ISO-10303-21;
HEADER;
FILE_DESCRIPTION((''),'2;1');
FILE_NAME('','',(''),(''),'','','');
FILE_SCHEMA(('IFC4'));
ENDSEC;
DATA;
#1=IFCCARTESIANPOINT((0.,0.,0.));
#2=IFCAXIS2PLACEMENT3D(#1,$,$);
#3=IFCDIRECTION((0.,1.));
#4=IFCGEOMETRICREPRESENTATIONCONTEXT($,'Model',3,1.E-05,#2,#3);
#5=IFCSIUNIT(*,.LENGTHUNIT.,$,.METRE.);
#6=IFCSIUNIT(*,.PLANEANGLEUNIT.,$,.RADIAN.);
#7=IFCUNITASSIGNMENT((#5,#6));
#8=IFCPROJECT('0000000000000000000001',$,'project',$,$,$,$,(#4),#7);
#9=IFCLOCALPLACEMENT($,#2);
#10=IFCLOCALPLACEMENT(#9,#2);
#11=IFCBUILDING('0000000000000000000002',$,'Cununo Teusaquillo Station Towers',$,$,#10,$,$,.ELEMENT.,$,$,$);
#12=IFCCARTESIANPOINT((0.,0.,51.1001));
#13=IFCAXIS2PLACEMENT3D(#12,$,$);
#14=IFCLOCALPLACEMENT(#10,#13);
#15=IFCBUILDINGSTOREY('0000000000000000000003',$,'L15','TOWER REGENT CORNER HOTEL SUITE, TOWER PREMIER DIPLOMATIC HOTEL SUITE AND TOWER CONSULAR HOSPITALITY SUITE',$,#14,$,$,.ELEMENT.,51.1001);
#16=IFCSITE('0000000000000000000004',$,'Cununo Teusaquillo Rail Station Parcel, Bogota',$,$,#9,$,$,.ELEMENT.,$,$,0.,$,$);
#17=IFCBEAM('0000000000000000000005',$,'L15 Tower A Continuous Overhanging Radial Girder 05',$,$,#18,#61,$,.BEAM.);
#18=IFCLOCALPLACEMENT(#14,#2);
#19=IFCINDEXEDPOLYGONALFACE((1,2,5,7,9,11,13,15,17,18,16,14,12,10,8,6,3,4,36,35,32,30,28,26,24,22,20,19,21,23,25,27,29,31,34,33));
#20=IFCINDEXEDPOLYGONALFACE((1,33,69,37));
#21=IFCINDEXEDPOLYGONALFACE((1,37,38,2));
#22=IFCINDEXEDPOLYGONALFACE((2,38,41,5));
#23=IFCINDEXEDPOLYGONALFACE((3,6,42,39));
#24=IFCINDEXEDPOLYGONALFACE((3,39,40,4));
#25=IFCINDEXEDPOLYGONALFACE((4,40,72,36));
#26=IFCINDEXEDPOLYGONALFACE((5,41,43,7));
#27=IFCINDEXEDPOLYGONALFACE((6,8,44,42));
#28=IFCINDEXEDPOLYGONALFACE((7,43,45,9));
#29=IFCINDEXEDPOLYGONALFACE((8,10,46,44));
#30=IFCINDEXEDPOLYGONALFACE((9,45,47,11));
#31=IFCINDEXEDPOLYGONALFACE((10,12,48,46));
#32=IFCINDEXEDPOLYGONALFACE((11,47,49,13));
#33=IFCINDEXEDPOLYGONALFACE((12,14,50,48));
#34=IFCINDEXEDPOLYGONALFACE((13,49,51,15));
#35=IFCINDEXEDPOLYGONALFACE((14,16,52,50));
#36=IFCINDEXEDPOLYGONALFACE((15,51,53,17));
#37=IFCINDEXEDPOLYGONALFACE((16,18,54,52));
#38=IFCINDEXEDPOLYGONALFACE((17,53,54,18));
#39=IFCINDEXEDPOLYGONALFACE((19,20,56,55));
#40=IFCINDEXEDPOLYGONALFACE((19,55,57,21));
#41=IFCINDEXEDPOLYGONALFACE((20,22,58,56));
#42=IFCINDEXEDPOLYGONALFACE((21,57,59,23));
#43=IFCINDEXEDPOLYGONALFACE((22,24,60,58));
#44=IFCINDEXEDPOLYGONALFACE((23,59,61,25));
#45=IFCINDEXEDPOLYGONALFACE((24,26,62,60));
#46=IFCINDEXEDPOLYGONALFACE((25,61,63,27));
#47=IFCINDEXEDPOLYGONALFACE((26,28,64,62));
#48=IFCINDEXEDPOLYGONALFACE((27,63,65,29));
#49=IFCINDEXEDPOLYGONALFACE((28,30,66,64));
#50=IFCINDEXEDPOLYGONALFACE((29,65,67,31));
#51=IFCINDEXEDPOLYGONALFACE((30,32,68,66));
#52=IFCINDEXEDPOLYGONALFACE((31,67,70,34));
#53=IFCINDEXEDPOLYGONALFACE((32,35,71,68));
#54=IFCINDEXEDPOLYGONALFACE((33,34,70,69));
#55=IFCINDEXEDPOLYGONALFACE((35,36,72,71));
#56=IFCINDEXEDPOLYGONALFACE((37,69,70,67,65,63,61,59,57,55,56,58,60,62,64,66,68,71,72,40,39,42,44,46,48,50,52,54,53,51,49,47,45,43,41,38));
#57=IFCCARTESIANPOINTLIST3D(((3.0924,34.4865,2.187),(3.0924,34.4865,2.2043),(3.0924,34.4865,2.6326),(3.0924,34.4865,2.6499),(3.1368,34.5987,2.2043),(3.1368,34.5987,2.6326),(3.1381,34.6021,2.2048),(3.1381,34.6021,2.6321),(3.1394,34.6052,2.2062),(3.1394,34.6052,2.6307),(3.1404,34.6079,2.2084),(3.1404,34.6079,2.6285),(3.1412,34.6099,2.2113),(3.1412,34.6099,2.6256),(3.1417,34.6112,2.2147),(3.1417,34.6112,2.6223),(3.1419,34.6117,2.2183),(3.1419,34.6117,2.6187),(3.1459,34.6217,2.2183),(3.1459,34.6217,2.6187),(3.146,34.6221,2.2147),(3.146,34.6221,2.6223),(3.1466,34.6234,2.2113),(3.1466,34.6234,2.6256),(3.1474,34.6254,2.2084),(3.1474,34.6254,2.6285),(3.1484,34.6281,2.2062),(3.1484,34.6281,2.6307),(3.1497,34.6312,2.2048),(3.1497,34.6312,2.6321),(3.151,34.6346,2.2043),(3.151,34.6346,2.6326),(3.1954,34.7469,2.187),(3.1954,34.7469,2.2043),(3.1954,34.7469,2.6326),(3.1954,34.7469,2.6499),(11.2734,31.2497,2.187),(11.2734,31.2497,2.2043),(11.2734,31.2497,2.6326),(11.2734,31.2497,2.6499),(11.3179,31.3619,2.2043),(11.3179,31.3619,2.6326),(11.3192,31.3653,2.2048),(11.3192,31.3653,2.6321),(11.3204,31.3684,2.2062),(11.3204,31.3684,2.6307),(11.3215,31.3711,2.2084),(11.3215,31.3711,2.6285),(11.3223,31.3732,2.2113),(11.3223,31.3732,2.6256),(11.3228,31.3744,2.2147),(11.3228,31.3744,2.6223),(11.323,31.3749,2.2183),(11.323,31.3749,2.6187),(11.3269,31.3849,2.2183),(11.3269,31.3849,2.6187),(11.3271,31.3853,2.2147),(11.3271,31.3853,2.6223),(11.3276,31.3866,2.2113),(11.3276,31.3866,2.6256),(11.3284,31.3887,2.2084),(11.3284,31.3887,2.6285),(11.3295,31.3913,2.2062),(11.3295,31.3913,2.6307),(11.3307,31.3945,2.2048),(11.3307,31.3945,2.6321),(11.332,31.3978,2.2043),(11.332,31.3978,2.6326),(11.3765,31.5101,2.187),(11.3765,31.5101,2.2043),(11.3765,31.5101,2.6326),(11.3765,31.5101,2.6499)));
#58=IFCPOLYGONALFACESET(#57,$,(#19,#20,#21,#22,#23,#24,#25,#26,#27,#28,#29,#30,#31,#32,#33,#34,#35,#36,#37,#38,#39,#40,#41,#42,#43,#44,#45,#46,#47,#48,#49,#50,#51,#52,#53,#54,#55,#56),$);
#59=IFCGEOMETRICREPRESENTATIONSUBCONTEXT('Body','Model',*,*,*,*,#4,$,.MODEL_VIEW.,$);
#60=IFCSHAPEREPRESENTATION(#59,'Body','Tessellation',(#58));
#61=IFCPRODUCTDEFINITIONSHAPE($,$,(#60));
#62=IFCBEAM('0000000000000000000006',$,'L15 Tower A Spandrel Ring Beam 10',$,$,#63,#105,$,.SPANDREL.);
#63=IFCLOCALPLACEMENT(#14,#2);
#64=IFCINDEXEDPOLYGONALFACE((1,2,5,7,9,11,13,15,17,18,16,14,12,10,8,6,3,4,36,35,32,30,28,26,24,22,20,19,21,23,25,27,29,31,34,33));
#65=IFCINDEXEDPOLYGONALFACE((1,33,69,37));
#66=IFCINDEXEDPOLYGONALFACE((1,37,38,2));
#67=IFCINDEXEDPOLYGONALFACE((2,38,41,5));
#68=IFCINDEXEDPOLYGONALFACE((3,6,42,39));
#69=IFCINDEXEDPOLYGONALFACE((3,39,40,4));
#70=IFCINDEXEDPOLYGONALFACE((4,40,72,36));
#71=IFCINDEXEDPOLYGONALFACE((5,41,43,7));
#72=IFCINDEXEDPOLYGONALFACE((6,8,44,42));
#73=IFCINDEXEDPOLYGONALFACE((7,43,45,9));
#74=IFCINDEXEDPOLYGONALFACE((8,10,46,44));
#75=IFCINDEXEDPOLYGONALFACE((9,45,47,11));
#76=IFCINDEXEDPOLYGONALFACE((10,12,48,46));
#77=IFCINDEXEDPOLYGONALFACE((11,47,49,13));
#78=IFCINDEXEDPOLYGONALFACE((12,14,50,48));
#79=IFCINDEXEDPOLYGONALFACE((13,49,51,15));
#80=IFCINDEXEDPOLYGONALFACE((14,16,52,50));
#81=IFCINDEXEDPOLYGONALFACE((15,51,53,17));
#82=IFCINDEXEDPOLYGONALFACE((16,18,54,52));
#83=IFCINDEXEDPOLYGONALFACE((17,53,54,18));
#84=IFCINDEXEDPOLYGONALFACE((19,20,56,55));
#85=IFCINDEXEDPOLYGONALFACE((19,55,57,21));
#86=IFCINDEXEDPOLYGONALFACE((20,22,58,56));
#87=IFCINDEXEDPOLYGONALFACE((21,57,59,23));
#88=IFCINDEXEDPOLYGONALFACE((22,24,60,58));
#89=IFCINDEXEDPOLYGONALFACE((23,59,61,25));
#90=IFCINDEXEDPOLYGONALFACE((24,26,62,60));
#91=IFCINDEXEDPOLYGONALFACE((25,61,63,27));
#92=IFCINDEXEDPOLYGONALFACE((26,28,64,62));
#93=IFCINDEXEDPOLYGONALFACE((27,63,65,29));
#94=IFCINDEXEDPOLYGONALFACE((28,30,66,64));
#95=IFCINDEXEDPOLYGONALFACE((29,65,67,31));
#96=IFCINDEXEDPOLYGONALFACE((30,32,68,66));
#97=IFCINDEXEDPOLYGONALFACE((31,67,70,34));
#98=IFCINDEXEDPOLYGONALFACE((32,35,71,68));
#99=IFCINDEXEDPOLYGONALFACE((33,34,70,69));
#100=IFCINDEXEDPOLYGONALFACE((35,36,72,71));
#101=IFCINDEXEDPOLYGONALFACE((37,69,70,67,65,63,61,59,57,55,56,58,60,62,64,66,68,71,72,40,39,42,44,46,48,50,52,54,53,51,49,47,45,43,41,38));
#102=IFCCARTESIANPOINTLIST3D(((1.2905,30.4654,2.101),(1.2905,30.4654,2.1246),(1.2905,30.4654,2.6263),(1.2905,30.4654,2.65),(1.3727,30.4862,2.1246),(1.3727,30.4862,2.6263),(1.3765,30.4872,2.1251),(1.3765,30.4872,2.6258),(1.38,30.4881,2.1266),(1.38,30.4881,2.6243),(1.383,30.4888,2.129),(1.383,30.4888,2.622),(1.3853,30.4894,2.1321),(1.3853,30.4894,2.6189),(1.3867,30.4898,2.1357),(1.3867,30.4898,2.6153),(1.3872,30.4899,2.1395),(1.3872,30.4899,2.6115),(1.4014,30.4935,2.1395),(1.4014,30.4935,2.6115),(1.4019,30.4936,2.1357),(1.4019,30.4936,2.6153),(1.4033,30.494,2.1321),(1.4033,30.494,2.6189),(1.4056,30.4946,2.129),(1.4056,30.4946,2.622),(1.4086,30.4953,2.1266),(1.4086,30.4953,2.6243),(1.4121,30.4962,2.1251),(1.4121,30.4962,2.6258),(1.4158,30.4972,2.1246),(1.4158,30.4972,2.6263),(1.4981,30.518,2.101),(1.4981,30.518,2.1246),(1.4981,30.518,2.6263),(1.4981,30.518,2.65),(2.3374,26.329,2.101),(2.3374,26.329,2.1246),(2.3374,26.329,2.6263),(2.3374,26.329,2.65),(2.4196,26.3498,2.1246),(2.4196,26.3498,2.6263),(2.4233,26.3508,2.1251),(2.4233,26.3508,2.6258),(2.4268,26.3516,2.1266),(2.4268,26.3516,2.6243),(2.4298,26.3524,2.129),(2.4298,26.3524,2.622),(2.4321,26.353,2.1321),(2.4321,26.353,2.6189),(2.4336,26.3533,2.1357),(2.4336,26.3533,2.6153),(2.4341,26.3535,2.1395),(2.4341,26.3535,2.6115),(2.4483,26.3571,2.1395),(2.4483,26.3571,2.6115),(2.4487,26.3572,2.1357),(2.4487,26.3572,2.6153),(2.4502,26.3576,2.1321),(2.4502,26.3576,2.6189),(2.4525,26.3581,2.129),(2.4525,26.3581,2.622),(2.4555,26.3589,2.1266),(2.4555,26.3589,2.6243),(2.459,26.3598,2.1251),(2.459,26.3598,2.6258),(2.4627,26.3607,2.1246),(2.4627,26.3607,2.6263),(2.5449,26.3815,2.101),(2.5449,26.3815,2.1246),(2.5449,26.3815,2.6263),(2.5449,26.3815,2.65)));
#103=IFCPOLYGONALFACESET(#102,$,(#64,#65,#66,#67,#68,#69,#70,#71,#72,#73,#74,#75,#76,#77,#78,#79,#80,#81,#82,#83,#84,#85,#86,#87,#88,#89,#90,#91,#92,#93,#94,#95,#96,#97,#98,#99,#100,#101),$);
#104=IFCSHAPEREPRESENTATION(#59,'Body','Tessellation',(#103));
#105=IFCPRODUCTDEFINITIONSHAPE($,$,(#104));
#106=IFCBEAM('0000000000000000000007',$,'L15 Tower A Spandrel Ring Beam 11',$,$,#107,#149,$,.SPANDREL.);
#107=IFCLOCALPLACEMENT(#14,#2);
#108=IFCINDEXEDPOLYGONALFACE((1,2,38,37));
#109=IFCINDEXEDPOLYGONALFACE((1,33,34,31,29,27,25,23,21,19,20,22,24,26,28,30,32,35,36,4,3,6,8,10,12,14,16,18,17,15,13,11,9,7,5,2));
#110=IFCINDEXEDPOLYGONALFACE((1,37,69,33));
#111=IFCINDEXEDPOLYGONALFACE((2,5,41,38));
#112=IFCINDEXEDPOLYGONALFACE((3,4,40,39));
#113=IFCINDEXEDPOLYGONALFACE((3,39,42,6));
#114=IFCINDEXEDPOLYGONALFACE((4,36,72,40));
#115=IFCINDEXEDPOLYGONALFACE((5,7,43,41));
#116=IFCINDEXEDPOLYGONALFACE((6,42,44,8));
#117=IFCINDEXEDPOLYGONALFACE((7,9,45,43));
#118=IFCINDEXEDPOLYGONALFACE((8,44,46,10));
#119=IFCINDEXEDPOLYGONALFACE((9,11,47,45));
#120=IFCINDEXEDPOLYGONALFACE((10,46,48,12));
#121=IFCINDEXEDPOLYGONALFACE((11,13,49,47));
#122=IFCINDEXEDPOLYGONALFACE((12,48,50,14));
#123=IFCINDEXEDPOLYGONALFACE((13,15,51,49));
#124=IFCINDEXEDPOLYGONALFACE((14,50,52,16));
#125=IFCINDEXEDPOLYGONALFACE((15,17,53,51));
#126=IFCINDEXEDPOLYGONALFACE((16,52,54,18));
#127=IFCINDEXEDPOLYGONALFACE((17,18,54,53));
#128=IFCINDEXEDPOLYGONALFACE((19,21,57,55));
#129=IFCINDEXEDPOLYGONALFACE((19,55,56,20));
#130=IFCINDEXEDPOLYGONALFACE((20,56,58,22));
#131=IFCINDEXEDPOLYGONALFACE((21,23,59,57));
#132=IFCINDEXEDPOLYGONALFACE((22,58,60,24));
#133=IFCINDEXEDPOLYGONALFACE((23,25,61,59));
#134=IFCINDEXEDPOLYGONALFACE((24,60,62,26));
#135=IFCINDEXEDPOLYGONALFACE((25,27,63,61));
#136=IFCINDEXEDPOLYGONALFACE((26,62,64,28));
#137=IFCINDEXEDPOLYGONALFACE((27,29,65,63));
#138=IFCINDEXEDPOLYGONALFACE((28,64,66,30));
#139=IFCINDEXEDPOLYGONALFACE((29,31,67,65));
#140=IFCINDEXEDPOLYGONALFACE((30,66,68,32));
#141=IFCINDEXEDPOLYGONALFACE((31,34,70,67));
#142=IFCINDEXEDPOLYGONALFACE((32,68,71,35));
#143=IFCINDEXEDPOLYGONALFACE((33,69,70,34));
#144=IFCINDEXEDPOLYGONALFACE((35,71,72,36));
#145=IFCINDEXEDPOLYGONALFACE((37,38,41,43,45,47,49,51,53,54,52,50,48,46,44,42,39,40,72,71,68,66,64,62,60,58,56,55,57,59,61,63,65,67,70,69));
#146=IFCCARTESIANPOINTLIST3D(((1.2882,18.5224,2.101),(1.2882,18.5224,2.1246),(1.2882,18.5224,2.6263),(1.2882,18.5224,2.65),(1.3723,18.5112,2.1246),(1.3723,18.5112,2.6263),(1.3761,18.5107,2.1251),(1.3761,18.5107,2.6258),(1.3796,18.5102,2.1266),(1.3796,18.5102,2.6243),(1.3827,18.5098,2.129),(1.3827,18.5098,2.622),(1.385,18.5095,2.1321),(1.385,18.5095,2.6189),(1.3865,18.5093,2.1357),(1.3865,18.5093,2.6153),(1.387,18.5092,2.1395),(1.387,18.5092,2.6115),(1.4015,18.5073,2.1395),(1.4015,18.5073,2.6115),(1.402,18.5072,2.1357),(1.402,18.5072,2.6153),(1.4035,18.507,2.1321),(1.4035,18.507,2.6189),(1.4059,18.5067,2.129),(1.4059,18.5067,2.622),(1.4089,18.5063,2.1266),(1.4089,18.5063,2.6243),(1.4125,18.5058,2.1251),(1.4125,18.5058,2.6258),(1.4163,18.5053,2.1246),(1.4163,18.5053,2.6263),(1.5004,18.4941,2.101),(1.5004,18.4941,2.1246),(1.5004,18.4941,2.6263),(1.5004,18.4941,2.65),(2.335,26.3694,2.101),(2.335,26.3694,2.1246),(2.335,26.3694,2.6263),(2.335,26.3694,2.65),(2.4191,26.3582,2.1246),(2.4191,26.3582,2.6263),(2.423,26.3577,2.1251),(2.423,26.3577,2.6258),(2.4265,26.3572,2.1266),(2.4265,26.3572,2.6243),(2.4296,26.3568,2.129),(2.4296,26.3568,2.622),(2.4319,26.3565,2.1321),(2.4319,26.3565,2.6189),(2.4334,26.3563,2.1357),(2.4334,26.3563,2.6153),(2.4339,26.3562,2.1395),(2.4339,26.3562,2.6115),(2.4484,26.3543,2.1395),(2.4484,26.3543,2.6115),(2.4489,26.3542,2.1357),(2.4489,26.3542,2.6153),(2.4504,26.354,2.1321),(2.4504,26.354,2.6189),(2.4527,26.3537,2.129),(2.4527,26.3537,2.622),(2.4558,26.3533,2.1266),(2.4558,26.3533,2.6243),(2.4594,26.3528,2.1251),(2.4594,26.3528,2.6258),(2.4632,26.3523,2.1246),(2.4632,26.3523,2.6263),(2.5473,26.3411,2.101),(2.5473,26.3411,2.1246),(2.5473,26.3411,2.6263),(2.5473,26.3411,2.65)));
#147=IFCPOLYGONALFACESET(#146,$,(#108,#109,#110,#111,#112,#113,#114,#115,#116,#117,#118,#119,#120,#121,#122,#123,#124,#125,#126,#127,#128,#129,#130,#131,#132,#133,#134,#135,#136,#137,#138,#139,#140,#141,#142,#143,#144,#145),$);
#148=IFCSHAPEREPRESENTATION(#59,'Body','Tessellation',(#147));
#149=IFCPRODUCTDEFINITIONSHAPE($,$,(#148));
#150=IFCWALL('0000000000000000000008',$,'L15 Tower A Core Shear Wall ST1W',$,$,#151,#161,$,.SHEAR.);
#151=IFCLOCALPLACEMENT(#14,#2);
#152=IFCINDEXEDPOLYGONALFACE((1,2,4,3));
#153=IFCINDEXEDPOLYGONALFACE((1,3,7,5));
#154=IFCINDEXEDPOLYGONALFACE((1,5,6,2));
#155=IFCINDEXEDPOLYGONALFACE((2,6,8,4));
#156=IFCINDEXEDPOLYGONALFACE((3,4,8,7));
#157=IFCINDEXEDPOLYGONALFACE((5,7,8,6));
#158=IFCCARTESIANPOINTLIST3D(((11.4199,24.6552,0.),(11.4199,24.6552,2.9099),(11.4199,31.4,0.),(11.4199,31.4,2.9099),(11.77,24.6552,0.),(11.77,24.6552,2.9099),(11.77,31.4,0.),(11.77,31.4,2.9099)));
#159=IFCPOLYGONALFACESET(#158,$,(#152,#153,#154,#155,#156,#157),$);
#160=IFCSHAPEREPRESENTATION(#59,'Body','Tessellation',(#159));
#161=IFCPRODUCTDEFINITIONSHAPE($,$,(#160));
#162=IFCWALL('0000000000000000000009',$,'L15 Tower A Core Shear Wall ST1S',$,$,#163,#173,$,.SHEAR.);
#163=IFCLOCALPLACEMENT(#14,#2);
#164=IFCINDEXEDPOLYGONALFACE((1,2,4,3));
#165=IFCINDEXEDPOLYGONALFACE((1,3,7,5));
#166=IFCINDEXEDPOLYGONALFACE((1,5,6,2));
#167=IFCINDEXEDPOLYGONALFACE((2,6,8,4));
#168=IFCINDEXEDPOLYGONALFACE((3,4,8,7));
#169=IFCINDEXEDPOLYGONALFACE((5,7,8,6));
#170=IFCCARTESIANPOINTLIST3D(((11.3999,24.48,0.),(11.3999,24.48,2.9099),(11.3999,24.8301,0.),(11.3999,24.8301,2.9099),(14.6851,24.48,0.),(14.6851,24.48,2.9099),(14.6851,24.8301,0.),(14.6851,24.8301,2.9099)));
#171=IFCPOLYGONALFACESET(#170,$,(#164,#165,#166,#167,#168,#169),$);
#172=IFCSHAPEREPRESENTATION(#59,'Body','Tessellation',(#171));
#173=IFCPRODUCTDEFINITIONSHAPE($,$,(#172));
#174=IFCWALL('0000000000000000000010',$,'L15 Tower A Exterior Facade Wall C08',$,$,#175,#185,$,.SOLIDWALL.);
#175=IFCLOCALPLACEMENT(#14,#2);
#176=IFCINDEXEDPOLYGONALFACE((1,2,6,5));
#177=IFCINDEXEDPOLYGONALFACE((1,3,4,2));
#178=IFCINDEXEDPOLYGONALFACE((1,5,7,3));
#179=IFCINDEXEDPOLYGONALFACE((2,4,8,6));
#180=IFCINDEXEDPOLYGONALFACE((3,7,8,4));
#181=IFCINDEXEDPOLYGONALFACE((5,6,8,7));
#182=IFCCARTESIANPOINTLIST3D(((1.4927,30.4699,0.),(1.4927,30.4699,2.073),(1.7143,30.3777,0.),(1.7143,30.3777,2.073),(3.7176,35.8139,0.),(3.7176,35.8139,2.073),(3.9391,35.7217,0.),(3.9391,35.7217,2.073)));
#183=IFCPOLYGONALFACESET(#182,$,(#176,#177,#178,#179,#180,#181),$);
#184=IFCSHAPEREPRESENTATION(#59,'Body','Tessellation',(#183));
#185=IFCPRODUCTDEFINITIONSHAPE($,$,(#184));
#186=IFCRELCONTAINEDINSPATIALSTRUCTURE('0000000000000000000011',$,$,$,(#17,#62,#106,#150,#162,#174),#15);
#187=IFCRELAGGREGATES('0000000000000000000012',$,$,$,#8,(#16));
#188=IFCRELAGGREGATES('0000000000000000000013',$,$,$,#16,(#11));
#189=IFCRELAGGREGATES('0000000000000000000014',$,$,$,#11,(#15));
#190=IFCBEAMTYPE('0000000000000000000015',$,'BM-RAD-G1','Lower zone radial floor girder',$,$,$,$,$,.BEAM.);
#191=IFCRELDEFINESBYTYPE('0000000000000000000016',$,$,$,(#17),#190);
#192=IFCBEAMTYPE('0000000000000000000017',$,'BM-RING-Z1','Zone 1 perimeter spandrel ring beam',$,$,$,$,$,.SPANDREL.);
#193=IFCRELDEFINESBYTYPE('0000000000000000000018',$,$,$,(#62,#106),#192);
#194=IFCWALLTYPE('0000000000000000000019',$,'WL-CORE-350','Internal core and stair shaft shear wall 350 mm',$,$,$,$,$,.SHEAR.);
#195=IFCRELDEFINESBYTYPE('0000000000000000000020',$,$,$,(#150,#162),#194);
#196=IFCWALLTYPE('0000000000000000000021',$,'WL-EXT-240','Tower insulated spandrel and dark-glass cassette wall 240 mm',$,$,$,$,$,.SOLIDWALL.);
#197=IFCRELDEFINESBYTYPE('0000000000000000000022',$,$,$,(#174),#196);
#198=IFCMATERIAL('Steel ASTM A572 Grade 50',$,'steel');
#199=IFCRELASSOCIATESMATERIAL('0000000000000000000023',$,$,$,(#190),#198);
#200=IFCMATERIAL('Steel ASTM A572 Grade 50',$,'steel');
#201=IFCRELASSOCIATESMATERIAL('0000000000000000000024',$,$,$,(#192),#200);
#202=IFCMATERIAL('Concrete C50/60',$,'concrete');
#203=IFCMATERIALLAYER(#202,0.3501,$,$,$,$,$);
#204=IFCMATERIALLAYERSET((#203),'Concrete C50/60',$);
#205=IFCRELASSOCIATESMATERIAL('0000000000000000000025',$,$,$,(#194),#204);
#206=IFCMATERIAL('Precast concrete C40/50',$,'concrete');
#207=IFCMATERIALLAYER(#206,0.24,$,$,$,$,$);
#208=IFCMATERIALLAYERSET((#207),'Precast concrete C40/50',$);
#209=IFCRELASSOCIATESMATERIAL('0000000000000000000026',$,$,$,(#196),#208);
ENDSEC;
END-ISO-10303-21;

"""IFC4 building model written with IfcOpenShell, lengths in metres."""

from ifc_helpers import new_model, si_unit, direction, frame, frame_2d, origin, origin_2d, place, context, subcontext, project, spatial, rectangle, i_section, extrude, material, layer, layer_set, material_profile, profile_set, type_object, element, save


model = new_model("IFC4")

# Units and contexts
model_context = context("Model", 3, precision=1e-05, world=origin(), true_north=direction((0.0, 1.0)))
body_context = subcontext(model_context, "Body", "Model", "MODEL_VIEW")
ifc_project = project(units=[si_unit("LENGTHUNIT", "METRE"), si_unit("PLANEANGLEUNIT", "RADIAN")], contexts=[model_context])

# Site, building, storey
site_placement = place(None, origin())
site = spatial("IfcSite", under=ifc_project, at=site_placement, Name="Cununo Teusaquillo Rail Station Parcel, Bogota", CompositionType="ELEMENT", RefElevation=0.0)
building_placement = place(site_placement, origin())
building = spatial("IfcBuilding", under=site, at=building_placement, Name="Cununo Teusaquillo Station Towers", CompositionType="ELEMENT")
storey_placement = place(building_placement, frame((0.0, 0.0, 51.1001)))
storey = spatial("IfcBuildingStorey", under=building, at=storey_placement, Name="L15", Description="TOWER REGENT CORNER HOTEL SUITE, TOWER PREMIER DIPLOMATIC HOTEL SUITE AND TOWER CONSULAR HOSPITALITY SUITE", CompositionType="ELEMENT", Elevation=51.1001)

# Beams
ifc_material_1 = material(Name="Steel ASTM A572 Grade 50", Category="steel")
ifc_material_profile_1 = material_profile(ifc_material_1, i_section(OverallWidth=0.28, OverallDepth=0.4629, WebThickness=0.0107, FlangeThickness=0.0173, FilletRadius=0.0139, at=origin_2d()), Name="W18X76")
ifc_profile_set_1 = profile_set([ifc_material_profile_1], Name="Steel ASTM A572 Grade 50")
beam_type_1 = type_object("IfcBeamType", Name="BM-RAD-G1", Description="Lower zone radial floor girder", PredefinedType="BEAM", material=ifc_profile_set_1)
beam_1_placement = place(storey_placement, frame((11.325, 31.3799, 2.4185), z_axis=(-0.929867, 0.367896, 0.0), x_axis=(-0.367896, -0.929867, 0.0)))
element("IfcBeam", 1, at=beam_1_placement, inside=storey, type_object=beam_type_1, Name="L15 Tower A Continuous Overhanging Radial Girder 05", PredefinedType="BEAM", context=body_context, shape_type="SweptSolid", body=[
    extrude(i_section(OverallWidth=0.28, OverallDepth=0.4629, WebThickness=0.0107, FlangeThickness=0.0173, FilletRadius=0.0139, at=origin_2d()), origin(), (0.0, 0.0, 1.0), 8.7981),
])
ifc_material_2 = material(Name="Steel ASTM A572 Grade 50", Category="steel")
ifc_material_profile_2 = material_profile(ifc_material_2, i_section(OverallWidth=0.2141, OverallDepth=0.5491, WebThickness=0.0146, FlangeThickness=0.0237, FilletRadius=0.0149, at=origin_2d()), Name="W21X93")
ifc_profile_set_2 = profile_set([ifc_material_profile_2], Name="Steel ASTM A572 Grade 50")
beam_type_2 = type_object("IfcBeamType", Name="BM-RING-Z1", Description="Zone 1 perimeter spandrel ring beam", PredefinedType="SPANDREL", material=ifc_profile_set_2)
beam_2_placement = place(storey_placement, frame((1.3943, 30.4917, 2.3755), z_axis=(0.245348, -0.969435, 0.0), x_axis=(0.969435, 0.245348, 0.0)))
element("IfcBeam", 2, at=beam_2_placement, inside=storey, type_object=beam_type_2, Name="L15 Tower A Spandrel Ring Beam 10", PredefinedType="SPANDREL", context=body_context, shape_type="SweptSolid", body=[
    extrude(i_section(OverallWidth=0.2141, OverallDepth=0.5491, WebThickness=0.0146, FlangeThickness=0.0237, FilletRadius=0.0149, at=origin_2d()), origin(), (0.0, 0.0, 1.0), 4.2668),
])
beam_3_placement = place(storey_placement, frame((2.4412, 26.3552, 2.3755), z_axis=(-0.13224, -0.991218, 0.0), x_axis=(0.991218, -0.13224, 0.0)))
element("IfcBeam", 3, at=beam_3_placement, inside=storey, type_object=beam_type_2, Name="L15 Tower A Spandrel Ring Beam 11", PredefinedType="SPANDREL", context=body_context, shape_type="SweptSolid", body=[
    extrude(i_section(OverallWidth=0.2141, OverallDepth=0.5491, WebThickness=0.0146, FlangeThickness=0.0237, FilletRadius=0.0149, at=origin_2d()), origin(), (0.0, 0.0, 1.0), 7.9165),
])

# Walls
ifc_material_3 = material(Name="Concrete C50/60", Category="concrete")
ifc_layer_1 = layer(ifc_material_3, 0.3501)
ifc_layer_set_1 = layer_set([ifc_layer_1], Name="Concrete C50/60")
wall_type_1 = type_object("IfcWallType", Name="WL-CORE-350", Description="Internal core and stair shaft shear wall 350 mm", PredefinedType="SHEAR", material=ifc_layer_set_1)
wall_1_placement = place(storey_placement, frame((11.595, 24.655, 0.0), z_axis=(0.0, 0.0, 1.0), x_axis=(0.0, 1.0, 0.0)))
element("IfcWall", 4, at=wall_1_placement, inside=storey, type_object=wall_type_1, Name="L15 Tower A Core Shear Wall ST1W", PredefinedType="SHEAR", context=body_context, shape_type="SweptSolid", body=[
    extrude(rectangle(XDim=6.7449, YDim=0.3501, at=frame_2d((3.3726, 0.0))), origin(), (0.0, 0.0, 1.0), 2.9099),
])
wall_2_placement = place(storey_placement, frame((11.3999, 24.655, 0.0), z_axis=(0.0, 0.0, 1.0), x_axis=(1.0, 0.0, 0.0)))
element("IfcWall", 5, at=wall_2_placement, inside=storey, type_object=wall_type_1, Name="L15 Tower A Core Shear Wall ST1S", PredefinedType="SHEAR", context=body_context, shape_type="SweptSolid", body=[
    extrude(rectangle(XDim=3.2852, YDim=0.3501, at=frame_2d((1.6426, 0.0))), origin(), (0.0, 0.0, 1.0), 2.9099),
])
ifc_material_4 = material(Name="Precast concrete C40/50", Category="concrete")
ifc_layer_2 = layer(ifc_material_4, 0.24)
ifc_layer_set_2 = layer_set([ifc_layer_2], Name="Precast concrete C40/50")
wall_type_2 = type_object("IfcWallType", Name="WL-EXT-240", Description="Tower insulated spandrel and dark-glass cassette wall 240 mm", PredefinedType="SOLIDWALL", material=ifc_layer_set_2)
wall_3_placement = place(storey_placement, frame((1.6035, 30.4238, 0.0), z_axis=(0.0, 0.0, 1.0), x_axis=(0.384349, 0.923188, 0.0)))
element("IfcWall", 6, at=wall_3_placement, inside=storey, type_object=wall_type_2, Name="L15 Tower A Exterior Facade Wall C08", PredefinedType="SOLIDWALL", context=body_context, shape_type="SweptSolid", body=[
    extrude(rectangle(XDim=5.7886, YDim=0.24, at=frame_2d((2.8943, 0.0))), origin(), (0.0, 0.0, 1.0), 2.073),
])

save(model, "model.ifc")
